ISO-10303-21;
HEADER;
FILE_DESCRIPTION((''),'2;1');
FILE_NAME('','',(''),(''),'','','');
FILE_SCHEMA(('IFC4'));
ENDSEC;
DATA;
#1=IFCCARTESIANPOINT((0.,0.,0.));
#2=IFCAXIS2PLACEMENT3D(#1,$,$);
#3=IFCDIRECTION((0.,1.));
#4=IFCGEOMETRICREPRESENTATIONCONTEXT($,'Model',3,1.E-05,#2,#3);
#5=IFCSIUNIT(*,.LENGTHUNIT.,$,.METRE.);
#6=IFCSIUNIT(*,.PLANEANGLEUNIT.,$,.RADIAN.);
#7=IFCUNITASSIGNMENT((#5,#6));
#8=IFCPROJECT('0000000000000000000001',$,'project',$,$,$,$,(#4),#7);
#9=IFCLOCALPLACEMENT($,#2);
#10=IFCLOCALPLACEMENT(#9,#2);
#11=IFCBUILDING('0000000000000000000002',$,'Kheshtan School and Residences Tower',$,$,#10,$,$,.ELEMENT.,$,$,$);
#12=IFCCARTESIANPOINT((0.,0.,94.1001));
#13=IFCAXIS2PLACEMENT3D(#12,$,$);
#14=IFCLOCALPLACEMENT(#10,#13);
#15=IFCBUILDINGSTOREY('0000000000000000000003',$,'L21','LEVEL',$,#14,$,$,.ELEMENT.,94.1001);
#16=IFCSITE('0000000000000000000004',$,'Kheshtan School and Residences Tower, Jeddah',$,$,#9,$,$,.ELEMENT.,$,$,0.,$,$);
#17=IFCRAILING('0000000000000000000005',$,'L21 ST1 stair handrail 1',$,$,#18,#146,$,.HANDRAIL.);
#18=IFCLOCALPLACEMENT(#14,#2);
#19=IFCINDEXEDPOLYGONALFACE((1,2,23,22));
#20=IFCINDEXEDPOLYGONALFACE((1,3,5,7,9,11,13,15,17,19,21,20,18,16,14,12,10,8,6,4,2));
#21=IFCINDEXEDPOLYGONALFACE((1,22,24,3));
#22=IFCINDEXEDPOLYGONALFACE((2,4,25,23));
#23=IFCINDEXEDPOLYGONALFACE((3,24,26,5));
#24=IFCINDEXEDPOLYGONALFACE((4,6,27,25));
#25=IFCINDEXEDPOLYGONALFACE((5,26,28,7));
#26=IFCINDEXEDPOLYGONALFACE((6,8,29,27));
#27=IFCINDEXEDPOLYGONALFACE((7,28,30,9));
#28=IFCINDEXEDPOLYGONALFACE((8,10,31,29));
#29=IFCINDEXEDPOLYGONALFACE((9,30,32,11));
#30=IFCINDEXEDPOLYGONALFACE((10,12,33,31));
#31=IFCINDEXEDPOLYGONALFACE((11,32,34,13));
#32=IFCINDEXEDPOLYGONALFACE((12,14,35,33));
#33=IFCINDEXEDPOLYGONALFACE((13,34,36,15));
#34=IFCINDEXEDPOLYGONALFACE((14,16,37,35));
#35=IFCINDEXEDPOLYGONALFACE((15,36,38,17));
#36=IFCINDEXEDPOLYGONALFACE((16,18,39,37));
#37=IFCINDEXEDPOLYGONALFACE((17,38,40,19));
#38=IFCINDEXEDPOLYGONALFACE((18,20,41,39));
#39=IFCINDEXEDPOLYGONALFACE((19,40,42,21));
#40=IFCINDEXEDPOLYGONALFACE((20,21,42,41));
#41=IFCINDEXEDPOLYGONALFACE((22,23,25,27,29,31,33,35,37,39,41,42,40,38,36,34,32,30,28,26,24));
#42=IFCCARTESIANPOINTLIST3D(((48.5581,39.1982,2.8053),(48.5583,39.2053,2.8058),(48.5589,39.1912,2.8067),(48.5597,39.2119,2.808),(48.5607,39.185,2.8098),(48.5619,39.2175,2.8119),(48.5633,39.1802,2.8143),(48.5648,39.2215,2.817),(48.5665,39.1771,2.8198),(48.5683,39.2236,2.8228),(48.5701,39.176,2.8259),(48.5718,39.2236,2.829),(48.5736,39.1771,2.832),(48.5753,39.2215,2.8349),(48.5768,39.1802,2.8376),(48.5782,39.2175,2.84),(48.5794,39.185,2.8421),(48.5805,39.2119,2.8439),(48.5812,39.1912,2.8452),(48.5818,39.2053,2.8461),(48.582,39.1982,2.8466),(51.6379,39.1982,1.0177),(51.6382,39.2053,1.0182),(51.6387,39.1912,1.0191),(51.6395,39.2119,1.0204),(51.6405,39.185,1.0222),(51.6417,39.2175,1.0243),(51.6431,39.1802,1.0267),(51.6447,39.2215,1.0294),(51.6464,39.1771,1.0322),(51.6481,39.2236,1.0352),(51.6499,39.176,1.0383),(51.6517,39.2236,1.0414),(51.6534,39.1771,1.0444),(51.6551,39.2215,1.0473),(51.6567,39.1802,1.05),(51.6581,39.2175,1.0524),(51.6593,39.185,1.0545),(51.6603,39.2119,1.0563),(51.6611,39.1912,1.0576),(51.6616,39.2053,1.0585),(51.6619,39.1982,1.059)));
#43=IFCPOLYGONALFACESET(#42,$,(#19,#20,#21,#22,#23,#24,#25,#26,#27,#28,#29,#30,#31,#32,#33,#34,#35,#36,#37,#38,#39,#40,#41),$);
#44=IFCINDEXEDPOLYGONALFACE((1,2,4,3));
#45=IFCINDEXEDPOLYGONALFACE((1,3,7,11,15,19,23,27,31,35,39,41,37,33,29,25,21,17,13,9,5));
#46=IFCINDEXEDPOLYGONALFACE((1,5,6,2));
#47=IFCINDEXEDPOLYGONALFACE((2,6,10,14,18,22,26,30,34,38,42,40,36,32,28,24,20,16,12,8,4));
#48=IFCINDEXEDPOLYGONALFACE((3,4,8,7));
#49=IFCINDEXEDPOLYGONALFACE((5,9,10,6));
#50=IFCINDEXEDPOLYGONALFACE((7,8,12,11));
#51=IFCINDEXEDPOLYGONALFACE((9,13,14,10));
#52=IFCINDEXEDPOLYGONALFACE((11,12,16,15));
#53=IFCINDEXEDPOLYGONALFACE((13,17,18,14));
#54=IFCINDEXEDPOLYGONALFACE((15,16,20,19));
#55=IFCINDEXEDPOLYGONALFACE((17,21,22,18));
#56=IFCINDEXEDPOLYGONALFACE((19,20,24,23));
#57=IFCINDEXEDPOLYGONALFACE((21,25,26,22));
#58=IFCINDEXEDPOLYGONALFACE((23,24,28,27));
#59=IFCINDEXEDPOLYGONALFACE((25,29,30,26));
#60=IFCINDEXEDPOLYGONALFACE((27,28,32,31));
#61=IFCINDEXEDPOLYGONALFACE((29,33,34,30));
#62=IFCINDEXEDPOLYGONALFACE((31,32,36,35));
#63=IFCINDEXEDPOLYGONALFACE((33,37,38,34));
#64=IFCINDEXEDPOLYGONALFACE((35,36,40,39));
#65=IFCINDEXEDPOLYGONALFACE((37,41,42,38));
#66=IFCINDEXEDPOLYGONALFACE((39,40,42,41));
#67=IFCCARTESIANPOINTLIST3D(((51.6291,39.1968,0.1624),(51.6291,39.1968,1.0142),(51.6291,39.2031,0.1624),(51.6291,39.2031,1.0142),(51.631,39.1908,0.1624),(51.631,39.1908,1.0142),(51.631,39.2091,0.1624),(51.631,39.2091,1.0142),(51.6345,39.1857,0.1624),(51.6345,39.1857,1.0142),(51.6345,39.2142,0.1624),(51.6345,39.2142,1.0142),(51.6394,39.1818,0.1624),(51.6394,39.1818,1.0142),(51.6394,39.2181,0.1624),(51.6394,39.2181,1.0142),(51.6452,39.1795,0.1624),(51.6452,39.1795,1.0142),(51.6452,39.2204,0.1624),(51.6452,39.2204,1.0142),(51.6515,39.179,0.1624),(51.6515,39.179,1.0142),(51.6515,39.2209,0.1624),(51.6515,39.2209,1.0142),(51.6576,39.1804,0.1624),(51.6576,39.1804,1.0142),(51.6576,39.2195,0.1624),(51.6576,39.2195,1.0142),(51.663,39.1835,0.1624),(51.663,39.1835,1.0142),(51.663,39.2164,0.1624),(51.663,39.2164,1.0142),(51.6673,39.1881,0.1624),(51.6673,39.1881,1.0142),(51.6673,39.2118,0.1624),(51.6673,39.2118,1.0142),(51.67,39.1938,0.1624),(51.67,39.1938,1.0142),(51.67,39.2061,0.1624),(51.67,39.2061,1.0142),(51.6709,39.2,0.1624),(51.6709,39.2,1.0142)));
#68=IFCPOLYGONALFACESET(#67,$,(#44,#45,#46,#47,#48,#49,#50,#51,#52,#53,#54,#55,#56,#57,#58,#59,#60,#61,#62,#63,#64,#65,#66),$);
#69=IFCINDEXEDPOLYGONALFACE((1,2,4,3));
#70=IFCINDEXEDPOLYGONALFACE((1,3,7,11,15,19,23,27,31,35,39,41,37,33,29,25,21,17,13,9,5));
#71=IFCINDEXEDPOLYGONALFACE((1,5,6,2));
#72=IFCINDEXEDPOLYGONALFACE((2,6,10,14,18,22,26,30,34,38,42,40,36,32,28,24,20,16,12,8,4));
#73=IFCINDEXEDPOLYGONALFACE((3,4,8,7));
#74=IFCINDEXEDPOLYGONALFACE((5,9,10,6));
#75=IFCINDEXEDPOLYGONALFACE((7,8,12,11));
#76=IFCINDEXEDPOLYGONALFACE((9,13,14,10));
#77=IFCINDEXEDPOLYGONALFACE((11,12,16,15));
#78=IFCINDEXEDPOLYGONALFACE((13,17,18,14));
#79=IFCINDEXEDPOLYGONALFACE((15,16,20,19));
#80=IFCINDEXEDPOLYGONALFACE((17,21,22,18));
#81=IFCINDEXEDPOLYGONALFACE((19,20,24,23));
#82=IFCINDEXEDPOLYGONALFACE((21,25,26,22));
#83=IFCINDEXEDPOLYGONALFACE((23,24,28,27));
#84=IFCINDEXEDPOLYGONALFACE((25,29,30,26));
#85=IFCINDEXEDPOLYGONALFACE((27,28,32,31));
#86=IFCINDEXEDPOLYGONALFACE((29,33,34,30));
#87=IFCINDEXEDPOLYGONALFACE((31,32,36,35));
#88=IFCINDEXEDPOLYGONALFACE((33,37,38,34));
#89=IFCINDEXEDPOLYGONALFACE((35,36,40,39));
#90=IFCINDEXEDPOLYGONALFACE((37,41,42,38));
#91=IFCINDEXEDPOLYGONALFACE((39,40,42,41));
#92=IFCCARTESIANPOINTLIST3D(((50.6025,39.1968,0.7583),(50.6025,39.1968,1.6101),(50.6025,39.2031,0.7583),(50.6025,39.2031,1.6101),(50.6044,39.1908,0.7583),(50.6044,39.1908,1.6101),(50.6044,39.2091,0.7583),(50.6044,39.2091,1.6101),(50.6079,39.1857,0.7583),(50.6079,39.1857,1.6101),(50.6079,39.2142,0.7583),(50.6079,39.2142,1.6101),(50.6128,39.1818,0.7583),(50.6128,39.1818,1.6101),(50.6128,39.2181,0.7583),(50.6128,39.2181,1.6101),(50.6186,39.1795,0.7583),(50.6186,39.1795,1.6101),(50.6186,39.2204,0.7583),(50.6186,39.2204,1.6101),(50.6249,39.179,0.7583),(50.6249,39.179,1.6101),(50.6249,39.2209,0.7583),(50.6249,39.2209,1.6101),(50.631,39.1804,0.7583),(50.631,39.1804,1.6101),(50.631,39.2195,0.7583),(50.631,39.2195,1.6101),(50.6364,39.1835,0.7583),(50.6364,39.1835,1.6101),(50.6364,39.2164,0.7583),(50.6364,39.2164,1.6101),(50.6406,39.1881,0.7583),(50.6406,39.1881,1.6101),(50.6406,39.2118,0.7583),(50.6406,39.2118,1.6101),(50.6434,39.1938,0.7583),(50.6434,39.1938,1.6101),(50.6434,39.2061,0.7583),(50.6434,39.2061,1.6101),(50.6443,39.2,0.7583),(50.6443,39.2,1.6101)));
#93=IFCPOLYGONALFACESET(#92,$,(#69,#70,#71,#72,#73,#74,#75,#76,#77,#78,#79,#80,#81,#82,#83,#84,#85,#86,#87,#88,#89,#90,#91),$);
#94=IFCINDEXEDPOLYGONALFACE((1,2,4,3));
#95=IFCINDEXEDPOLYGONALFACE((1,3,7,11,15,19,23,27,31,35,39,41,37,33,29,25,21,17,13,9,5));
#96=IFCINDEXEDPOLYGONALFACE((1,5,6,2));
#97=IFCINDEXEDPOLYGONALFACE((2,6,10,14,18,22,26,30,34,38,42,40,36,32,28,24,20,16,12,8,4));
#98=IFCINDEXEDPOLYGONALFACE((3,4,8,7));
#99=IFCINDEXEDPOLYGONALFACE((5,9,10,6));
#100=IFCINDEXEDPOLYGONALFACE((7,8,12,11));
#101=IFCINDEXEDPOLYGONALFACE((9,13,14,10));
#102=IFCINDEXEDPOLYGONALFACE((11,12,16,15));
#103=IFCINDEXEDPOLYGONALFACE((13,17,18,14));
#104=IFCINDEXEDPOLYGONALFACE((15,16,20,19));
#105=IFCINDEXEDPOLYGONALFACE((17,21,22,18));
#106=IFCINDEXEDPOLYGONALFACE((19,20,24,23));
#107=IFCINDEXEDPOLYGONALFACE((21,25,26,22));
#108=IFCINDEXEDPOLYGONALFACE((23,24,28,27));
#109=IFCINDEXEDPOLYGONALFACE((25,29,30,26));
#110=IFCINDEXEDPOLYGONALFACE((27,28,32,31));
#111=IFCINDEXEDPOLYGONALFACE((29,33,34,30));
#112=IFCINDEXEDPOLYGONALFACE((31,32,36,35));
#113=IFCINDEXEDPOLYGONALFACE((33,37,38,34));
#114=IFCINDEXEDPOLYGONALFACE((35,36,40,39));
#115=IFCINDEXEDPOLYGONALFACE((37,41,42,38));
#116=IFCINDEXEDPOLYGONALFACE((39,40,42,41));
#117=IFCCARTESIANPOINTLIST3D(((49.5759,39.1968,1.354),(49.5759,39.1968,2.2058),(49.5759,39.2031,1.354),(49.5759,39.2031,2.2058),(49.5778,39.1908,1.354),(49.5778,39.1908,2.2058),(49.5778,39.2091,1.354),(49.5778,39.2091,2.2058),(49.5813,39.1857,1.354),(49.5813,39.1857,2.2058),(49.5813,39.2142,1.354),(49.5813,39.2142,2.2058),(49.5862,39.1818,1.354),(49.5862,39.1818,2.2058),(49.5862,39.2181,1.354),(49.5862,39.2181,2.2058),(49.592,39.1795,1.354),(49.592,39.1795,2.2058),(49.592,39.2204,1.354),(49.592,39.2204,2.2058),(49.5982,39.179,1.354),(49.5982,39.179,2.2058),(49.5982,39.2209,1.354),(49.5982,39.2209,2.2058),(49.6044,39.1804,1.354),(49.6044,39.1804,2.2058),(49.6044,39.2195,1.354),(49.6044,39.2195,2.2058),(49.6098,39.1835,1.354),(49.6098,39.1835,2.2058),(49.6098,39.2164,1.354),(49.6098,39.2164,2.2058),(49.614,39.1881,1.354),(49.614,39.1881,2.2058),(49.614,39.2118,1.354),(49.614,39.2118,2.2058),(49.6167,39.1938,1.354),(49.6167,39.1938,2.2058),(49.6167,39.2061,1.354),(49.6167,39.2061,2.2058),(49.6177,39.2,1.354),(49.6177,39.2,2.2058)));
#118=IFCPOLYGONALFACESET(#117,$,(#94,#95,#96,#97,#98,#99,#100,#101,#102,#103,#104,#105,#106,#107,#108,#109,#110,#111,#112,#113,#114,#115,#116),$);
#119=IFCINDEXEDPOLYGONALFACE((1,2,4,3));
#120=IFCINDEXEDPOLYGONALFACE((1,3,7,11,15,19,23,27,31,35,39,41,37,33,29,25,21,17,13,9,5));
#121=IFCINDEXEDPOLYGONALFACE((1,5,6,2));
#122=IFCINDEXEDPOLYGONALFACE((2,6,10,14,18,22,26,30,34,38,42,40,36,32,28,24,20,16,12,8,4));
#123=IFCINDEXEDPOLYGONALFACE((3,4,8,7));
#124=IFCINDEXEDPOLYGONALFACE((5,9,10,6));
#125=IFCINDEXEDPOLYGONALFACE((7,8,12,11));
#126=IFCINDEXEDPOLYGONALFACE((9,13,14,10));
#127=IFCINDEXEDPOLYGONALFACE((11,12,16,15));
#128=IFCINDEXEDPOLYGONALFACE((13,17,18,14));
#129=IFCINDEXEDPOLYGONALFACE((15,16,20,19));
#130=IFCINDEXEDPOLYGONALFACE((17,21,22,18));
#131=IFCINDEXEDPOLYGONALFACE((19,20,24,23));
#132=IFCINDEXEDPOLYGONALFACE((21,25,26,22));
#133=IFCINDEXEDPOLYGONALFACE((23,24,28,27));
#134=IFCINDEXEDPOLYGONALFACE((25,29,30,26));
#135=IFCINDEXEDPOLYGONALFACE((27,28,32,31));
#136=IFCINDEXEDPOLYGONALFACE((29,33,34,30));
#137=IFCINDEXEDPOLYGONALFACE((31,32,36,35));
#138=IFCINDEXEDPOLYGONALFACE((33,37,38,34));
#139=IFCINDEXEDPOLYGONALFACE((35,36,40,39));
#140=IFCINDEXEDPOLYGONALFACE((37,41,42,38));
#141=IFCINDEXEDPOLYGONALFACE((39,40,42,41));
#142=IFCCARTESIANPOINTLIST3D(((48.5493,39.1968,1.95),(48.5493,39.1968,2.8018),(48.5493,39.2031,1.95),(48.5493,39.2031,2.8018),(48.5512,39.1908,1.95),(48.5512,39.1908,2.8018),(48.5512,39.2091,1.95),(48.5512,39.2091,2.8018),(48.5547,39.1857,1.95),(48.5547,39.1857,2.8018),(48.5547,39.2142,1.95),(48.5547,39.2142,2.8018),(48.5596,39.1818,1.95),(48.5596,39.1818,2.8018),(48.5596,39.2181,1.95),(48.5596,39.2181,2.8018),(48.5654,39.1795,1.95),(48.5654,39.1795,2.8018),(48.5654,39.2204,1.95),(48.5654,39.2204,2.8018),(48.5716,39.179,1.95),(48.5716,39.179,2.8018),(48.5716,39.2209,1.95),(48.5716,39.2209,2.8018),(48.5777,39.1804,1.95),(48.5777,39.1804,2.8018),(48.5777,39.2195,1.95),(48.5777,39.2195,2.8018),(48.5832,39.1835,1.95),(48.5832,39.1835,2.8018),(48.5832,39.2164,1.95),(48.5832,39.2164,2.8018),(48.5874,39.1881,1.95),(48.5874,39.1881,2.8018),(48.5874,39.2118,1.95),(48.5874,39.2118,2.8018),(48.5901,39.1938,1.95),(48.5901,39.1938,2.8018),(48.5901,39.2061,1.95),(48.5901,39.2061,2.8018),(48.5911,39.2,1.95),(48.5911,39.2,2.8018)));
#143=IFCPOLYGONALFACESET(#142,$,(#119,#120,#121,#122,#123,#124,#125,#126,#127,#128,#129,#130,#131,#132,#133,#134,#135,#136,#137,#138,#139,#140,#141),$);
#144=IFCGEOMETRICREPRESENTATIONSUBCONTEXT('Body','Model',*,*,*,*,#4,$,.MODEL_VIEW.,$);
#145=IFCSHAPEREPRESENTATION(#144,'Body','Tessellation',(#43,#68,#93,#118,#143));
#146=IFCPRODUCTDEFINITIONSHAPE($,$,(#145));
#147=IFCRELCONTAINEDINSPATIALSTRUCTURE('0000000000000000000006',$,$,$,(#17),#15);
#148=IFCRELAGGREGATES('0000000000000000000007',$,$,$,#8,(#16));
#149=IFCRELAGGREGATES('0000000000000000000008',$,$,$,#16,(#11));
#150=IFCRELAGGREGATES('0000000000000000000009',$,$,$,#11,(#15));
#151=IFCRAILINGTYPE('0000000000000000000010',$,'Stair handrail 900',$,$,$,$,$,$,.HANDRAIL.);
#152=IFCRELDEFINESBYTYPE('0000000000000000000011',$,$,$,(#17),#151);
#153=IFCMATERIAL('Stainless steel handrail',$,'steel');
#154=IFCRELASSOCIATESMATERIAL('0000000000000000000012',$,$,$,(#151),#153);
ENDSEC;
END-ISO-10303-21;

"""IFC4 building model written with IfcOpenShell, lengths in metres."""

from ifc_helpers import new_model, si_unit, direction, frame, origin, origin_2d, place, context, subcontext, project, spatial, circle, extrude, material, type_object, element, save


model = new_model("IFC4")

# Units and contexts
model_context = context("Model", 3, precision=1e-05, world=origin(), true_north=direction((0.0, 1.0)))
body_context = subcontext(model_context, "Body", "Model", "MODEL_VIEW")
ifc_project = project(units=[si_unit("LENGTHUNIT", "METRE"), si_unit("PLANEANGLEUNIT", "RADIAN")], contexts=[model_context])

# Site, building, storey
site_placement = place(None, origin())
site = spatial("IfcSite", under=ifc_project, at=site_placement, Name="Kheshtan School and Residences Tower, Jeddah", CompositionType="ELEMENT", RefElevation=0.0)
building_placement = place(site_placement, origin())
building = spatial("IfcBuilding", under=site, at=building_placement, Name="Kheshtan School and Residences Tower", CompositionType="ELEMENT")
storey_placement = place(building_placement, frame((0.0, 0.0, 94.1001)))
storey = spatial("IfcBuildingStorey", under=building, at=storey_placement, Name="L21", Description="LEVEL", CompositionType="ELEMENT", Elevation=94.1001)

# Railing
ifc_material_1 = material(Name="Stainless steel handrail", Category="steel")
railing_type_1 = type_object("IfcRailingType", Name="Stair handrail 900", PredefinedType="HANDRAIL", material=ifc_material_1)
railing_1_placement = place(storey_placement, frame((51.6499, 39.2, 0.1624)))
element("IfcRailing", 1, at=railing_1_placement, inside=storey, type_object=railing_type_1, Name="L21 ST1 stair handrail 1", PredefinedType="HANDRAIL", context=body_context, shape_type="SweptSolid", body=[
    extrude(circle(Radius=0.0239, at=origin_2d()), frame((0.0, 0.0, 0.876), z_axis=(-0.864873, 0.0, 0.50199), x_axis=(0.0, -1.0, 0.0)), (0.0, 0.0, 1.0), 3.561),
    extrude(circle(Radius=0.021, at=origin_2d()), origin(), (0.0, 0.0, 1.0), 0.8518),
    extrude(circle(Radius=0.021, at=origin_2d()), frame((-1.0266, 0.0, 0.5959)), (0.0, 0.0, 1.0), 0.8518),
    extrude(circle(Radius=0.021, at=origin_2d()), frame((-2.0532, 0.0, 1.1917)), (0.0, 0.0, 1.0), 0.8518),
    extrude(circle(Radius=0.021, at=origin_2d()), frame((-3.0798, 0.0, 1.7876)), (0.0, 0.0, 1.0), 0.8518),
])

save(model, "model.ifc")
